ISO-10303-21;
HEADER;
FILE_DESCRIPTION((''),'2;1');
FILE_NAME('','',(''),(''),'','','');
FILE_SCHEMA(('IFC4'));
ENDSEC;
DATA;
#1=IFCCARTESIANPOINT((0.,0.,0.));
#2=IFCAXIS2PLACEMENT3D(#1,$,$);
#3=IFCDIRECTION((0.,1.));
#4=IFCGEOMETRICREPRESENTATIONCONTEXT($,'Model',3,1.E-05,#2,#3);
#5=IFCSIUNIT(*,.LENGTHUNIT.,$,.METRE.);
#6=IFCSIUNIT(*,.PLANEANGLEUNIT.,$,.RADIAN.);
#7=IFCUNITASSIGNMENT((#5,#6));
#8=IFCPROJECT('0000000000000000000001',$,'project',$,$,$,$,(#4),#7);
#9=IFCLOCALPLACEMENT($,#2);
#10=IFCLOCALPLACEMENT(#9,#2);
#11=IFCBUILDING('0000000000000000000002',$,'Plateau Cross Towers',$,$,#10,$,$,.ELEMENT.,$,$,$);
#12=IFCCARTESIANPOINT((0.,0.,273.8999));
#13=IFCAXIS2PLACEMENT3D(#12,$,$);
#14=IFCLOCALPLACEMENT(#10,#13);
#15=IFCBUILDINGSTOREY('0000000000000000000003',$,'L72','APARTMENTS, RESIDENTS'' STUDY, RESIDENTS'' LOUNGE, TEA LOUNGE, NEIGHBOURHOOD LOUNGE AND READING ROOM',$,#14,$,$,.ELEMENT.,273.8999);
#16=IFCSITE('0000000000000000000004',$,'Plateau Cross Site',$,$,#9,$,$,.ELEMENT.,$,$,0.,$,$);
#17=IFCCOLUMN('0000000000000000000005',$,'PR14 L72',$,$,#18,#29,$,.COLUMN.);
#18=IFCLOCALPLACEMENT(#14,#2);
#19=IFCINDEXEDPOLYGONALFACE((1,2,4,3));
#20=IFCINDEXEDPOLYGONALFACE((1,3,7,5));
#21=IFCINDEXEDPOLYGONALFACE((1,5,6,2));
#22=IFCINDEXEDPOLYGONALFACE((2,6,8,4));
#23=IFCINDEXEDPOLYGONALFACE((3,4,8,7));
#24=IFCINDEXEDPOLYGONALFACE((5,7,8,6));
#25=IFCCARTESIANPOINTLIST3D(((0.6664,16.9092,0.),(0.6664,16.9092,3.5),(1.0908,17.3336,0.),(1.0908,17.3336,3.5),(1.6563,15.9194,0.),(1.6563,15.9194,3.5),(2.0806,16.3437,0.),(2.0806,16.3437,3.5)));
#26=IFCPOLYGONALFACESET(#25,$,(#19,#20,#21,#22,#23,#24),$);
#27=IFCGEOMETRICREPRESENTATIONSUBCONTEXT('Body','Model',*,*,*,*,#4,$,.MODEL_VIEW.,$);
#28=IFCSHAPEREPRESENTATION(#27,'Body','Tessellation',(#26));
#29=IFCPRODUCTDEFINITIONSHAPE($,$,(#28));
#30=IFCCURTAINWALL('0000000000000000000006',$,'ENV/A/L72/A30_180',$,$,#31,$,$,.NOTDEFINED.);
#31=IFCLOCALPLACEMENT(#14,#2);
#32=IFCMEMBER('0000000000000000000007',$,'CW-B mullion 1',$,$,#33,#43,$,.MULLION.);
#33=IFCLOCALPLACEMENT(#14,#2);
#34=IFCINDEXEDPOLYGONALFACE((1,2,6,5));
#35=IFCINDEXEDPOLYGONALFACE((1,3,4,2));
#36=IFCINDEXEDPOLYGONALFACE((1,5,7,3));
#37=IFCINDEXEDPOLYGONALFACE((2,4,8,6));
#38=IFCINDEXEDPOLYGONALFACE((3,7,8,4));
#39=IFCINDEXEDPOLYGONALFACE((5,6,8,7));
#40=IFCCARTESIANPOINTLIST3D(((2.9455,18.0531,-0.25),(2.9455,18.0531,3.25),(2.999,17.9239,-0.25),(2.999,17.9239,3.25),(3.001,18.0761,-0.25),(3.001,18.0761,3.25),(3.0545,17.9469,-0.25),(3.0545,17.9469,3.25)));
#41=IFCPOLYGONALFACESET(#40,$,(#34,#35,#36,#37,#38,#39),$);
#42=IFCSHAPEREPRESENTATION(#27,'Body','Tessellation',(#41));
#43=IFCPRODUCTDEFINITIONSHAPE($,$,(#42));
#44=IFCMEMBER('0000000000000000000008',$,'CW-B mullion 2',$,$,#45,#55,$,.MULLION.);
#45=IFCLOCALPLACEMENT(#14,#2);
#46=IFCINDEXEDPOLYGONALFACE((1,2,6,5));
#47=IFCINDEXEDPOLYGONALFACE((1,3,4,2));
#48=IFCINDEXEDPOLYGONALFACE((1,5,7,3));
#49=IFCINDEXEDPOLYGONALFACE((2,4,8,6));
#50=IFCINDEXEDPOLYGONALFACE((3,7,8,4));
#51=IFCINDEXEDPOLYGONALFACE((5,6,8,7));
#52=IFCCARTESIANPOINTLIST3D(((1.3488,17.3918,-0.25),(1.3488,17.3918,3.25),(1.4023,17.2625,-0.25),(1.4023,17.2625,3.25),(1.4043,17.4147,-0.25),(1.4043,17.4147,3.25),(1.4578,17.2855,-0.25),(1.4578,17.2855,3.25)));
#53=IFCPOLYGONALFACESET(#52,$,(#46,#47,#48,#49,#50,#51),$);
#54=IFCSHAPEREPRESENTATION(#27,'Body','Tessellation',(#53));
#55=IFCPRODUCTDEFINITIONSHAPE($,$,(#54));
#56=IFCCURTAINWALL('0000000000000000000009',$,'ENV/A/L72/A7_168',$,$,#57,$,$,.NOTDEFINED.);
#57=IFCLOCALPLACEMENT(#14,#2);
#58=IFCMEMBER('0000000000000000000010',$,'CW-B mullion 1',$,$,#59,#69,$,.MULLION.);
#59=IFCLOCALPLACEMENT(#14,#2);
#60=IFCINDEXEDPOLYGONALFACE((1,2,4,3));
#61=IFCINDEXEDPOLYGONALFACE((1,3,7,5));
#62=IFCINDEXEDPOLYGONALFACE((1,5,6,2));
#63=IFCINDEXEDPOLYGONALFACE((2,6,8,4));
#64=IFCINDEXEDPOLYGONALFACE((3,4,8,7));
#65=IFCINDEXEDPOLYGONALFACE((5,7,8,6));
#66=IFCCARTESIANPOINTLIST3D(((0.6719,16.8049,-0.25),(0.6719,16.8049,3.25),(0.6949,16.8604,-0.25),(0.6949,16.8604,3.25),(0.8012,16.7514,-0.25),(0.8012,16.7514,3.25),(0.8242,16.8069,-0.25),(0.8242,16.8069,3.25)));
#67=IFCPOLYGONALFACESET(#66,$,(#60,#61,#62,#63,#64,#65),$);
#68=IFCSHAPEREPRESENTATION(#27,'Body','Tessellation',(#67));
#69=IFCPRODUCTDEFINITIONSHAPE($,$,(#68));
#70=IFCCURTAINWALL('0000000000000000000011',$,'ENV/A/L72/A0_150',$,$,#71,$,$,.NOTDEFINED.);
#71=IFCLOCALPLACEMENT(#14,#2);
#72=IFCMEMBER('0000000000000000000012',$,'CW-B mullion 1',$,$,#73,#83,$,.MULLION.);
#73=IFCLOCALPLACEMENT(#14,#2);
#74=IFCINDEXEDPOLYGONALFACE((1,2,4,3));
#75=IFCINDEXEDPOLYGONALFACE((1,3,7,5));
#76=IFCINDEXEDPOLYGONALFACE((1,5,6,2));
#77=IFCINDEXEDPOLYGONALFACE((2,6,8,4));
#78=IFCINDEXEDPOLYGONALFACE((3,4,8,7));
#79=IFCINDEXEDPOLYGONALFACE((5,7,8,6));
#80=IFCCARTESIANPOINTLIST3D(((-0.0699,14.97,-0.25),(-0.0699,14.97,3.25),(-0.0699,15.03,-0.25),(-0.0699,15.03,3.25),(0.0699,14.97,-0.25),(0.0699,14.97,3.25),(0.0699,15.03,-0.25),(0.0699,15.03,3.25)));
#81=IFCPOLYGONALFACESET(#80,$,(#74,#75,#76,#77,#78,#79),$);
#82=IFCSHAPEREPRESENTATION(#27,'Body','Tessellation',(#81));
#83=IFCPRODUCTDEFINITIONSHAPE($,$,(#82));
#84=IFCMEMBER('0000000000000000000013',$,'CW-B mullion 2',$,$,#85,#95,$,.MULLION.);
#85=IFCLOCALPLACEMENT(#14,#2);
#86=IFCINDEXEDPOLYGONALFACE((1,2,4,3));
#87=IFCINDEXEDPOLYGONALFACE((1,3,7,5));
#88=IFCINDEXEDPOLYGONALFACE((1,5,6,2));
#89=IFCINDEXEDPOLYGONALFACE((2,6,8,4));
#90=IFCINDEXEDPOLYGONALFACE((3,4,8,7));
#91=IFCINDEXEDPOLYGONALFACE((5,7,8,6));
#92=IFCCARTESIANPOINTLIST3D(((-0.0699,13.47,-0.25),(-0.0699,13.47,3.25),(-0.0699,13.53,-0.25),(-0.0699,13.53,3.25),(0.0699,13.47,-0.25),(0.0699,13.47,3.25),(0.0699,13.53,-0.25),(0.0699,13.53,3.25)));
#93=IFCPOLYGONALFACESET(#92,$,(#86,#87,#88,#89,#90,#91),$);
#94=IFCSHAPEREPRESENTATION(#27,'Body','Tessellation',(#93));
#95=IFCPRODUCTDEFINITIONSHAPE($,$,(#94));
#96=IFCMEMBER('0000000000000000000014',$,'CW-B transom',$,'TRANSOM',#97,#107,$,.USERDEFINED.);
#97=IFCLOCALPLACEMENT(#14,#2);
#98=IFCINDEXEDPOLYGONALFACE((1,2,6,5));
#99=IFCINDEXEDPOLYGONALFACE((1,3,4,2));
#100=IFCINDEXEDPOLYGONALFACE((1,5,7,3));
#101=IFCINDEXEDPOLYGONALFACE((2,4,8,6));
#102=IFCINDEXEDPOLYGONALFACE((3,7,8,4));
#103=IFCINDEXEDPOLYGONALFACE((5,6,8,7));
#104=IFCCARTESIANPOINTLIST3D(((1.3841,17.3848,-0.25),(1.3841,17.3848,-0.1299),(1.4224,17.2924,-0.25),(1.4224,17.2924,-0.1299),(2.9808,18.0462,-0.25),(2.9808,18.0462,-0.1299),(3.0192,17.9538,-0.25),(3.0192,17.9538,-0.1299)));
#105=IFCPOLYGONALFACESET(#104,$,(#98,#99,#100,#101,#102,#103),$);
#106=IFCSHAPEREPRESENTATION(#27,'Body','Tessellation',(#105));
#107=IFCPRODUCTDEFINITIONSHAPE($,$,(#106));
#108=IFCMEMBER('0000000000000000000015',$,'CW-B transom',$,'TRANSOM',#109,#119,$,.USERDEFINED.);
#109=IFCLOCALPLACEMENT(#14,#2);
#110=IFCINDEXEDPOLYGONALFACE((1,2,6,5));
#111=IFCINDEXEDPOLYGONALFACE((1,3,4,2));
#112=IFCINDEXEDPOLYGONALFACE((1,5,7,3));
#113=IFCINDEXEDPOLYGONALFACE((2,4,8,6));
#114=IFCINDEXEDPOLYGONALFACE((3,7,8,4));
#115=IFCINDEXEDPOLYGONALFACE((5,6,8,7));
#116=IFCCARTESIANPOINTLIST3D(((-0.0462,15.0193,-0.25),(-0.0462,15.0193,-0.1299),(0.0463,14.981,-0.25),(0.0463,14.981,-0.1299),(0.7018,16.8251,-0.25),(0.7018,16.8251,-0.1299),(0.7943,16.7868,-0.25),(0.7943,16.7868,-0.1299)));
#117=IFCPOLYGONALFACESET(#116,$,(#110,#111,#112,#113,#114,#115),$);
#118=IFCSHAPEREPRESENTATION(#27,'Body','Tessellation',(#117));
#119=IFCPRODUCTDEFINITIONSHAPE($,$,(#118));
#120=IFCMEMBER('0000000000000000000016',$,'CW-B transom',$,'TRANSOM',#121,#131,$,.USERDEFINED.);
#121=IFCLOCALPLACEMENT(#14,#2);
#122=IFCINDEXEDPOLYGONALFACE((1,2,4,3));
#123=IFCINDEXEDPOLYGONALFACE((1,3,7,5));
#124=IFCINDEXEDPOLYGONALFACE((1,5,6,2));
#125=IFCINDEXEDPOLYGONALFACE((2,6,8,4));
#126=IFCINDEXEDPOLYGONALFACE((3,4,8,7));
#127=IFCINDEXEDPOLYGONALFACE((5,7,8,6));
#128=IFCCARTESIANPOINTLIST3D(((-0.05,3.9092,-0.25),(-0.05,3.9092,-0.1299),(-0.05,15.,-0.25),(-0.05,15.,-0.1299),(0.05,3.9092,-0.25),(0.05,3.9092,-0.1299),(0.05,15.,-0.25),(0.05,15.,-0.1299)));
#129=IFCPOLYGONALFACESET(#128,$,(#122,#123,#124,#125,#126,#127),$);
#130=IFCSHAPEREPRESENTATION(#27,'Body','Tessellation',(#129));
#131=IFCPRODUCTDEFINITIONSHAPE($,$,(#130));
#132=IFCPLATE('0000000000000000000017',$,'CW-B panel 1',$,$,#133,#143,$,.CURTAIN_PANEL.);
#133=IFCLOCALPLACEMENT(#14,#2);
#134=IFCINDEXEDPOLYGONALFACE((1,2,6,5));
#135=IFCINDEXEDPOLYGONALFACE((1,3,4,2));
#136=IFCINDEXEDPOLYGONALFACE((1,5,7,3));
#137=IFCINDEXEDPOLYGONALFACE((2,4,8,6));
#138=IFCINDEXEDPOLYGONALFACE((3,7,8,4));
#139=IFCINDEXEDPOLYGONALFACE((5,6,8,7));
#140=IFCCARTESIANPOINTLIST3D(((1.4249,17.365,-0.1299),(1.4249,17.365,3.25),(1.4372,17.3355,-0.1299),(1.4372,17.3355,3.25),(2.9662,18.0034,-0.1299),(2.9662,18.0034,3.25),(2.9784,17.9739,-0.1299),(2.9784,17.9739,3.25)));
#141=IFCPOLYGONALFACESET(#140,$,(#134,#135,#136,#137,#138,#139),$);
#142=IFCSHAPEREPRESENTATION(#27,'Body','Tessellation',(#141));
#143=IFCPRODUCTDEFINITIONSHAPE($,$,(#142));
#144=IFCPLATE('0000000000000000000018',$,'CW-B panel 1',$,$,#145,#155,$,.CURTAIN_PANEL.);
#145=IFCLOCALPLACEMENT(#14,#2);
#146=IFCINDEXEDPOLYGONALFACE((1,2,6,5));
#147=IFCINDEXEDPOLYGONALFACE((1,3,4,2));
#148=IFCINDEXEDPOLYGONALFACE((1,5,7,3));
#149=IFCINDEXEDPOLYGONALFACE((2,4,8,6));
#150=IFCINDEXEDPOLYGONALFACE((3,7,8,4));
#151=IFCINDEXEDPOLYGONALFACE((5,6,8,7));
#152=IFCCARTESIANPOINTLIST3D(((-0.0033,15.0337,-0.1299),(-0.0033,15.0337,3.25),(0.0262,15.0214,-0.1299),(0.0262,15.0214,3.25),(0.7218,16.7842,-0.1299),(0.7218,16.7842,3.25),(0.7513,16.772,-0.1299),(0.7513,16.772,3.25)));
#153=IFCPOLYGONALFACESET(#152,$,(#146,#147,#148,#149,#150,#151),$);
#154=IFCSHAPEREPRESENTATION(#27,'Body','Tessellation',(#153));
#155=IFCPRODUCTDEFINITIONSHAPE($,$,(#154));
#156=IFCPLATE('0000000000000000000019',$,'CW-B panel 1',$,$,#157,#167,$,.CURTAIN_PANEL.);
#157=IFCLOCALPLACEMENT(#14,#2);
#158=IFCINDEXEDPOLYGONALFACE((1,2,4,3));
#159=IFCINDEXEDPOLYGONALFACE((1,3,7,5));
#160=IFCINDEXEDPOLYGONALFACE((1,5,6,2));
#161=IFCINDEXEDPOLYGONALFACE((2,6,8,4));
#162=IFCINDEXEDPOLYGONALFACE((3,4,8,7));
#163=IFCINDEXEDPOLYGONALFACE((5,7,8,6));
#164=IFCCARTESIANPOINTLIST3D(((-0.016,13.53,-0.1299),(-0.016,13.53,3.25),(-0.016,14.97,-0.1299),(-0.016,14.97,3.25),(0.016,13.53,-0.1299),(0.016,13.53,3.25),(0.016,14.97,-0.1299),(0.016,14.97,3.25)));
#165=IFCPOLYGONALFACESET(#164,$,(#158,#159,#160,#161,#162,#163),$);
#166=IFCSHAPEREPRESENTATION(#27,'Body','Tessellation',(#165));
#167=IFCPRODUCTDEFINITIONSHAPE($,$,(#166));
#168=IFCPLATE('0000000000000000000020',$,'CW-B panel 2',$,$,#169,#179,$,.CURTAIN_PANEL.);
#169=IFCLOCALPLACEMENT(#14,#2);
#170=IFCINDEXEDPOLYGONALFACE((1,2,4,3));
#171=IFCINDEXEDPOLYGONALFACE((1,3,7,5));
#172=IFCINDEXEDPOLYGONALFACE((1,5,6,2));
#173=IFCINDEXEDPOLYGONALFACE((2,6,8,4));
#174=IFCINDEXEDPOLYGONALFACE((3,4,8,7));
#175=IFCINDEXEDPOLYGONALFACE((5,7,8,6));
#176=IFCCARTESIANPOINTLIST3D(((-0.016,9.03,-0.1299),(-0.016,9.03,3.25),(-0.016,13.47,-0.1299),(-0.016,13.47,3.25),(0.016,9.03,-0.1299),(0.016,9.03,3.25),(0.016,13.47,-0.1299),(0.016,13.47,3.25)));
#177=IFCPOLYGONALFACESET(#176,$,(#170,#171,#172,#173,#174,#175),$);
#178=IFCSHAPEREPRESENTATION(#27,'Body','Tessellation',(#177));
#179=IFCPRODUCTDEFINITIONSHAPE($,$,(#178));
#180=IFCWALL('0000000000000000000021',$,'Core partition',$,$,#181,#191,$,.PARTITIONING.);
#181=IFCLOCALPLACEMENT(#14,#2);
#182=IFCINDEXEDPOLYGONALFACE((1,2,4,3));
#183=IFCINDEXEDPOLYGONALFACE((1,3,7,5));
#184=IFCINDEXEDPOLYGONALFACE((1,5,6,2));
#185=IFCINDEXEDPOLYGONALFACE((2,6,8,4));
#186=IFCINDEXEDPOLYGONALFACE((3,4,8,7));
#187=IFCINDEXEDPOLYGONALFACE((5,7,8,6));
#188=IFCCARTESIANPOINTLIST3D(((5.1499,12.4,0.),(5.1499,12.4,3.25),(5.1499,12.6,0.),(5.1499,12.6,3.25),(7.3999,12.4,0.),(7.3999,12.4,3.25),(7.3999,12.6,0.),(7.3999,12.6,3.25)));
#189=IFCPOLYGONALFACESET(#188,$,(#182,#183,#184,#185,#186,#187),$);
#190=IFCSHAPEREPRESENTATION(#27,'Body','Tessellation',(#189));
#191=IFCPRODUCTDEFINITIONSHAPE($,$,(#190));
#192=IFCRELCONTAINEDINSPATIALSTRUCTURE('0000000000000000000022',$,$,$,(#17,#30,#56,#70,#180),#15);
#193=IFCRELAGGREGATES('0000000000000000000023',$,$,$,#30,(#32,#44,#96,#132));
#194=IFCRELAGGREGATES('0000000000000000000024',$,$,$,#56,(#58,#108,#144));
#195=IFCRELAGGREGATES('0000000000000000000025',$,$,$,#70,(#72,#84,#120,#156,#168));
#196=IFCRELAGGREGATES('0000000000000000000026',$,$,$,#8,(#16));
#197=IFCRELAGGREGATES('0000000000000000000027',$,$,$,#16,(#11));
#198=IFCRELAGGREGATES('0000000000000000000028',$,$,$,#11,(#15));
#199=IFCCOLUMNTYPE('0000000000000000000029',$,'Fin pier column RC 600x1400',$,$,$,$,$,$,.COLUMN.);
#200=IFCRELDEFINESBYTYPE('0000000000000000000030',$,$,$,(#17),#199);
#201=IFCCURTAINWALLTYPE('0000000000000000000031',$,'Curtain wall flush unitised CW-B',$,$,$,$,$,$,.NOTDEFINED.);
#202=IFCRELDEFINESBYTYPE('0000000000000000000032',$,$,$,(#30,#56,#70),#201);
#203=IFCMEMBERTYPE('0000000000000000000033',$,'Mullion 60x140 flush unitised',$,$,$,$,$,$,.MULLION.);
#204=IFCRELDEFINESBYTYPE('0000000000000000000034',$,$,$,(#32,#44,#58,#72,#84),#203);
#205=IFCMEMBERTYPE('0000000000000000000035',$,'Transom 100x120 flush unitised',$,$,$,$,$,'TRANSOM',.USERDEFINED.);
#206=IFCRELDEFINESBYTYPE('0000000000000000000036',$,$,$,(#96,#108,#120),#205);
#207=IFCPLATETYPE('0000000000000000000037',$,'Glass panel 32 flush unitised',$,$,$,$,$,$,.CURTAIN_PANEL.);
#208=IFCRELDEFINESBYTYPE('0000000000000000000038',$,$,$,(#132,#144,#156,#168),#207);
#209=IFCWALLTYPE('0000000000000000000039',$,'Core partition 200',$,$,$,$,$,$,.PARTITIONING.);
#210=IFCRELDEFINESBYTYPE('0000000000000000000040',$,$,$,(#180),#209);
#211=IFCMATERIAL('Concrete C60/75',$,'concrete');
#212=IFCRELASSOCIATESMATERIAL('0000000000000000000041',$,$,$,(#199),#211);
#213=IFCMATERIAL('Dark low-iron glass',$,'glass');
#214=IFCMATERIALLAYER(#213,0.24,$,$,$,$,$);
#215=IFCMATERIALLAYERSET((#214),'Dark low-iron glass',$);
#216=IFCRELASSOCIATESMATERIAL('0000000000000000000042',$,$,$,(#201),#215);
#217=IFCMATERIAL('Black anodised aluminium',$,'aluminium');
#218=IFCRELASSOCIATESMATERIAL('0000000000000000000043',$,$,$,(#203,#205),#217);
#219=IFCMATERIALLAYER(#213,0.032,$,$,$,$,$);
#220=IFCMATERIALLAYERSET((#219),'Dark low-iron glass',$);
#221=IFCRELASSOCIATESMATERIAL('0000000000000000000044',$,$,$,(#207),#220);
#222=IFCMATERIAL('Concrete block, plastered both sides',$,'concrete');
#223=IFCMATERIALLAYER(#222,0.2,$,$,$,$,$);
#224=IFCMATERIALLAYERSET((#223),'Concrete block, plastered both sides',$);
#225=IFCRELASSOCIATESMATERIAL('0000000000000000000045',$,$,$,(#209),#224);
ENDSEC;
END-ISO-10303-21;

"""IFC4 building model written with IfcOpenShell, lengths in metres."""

from ifc_helpers import new_model, si_unit, direction, frame, frame_2d, origin, origin_2d, place, context, subcontext, project, spatial, rectangle, extrude, material, layer, layer_set, material_profile, profile_set, type_object, element, aggregate, save


model = new_model("IFC4")

# Units and contexts
model_context = context("Model", 3, precision=1e-05, world=origin(), true_north=direction((0.0, 1.0)))
body_context = subcontext(model_context, "Body", "Model", "MODEL_VIEW")
ifc_project = project(units=[si_unit("LENGTHUNIT", "METRE"), si_unit("PLANEANGLEUNIT", "RADIAN")], contexts=[model_context])

# Site, building, storey
site_placement = place(None, origin())
site = spatial("IfcSite", under=ifc_project, at=site_placement, Name="Plateau Cross Site", CompositionType="ELEMENT", RefElevation=0.0)
building_placement = place(site_placement, origin())
building = spatial("IfcBuilding", under=site, at=building_placement, Name="Plateau Cross Towers", CompositionType="ELEMENT")
storey_placement = place(building_placement, frame((0.0, 0.0, 273.8999)))
storey = spatial("IfcBuildingStorey", under=building, at=storey_placement, Name="L72", Description="APARTMENTS, RESIDENTS' STUDY, RESIDENTS' LOUNGE, TEA LOUNGE, NEIGHBOURHOOD LOUNGE AND READING ROOM", CompositionType="ELEMENT", Elevation=273.8999)

# Column
ifc_material_1 = material(Name="Concrete C60/75", Category="concrete")
ifc_material_profile_1 = material_profile(ifc_material_1, rectangle(XDim=0.6001, YDim=1.3999, at=origin_2d()), Name="RC 600x1400")
ifc_profile_set_1 = profile_set([ifc_material_profile_1], Name="Concrete C60/75")
column_type = type_object("IfcColumnType", Name="Fin pier column RC 600x1400", PredefinedType="COLUMN", material=ifc_profile_set_1)
column_placement = place(storey_placement, frame((1.3735, 16.6265, 0.0), z_axis=(0.0, 0.0, 1.0), x_axis=(0.707107, 0.707107, 0.0)))
element("IfcColumn", 1, at=column_placement, inside=storey, type_object=column_type, Name="PR14 L72", PredefinedType="COLUMN", context=body_context, shape_type="SweptSolid", body=[
    extrude(rectangle(XDim=0.6001, YDim=1.3999, at=origin_2d()), origin(), (0.0, 0.0, 1.0), 3.5),
])

# Curtain wall, members
ifc_material_2 = material(Name="Dark low-iron glass", Category="glass")
ifc_layer_1 = layer(ifc_material_2, 0.24)
ifc_layer_set_1 = layer_set([ifc_layer_1], Name="Dark low-iron glass")
curtain_wall_type = type_object("IfcCurtainWallType", Name="Curtain wall flush unitised CW-B", PredefinedType="NOTDEFINED", material=ifc_layer_set_1)
curtain_wall_1_placement = place(storey_placement, origin())
curtain_wall_1 = element("IfcCurtainWall", 2, at=curtain_wall_1_placement, inside=storey, type_object=curtain_wall_type, Name="ENV/A/L72/A30_180", PredefinedType="NOTDEFINED")
ifc_material_3 = material(Name="Black anodised aluminium", Category="aluminium")
ifc_material_profile_2 = material_profile(ifc_material_3, rectangle(XDim=0.0601, YDim=0.1399, at=origin_2d()), Name="MULLION 60x140")
ifc_profile_set_2 = profile_set([ifc_material_profile_2], Name="Black anodised aluminium")
member_type_1 = type_object("IfcMemberType", Name="Mullion 60x140 flush unitised", PredefinedType="MULLION", material=ifc_profile_set_2)
member_1_placement = place(storey_placement, frame((3.0, 18.0, -0.25), z_axis=(0.0, 0.0, 1.0), x_axis=(-0.923879, -0.382684, 0.0)))
member_1 = element("IfcMember", 3, at=member_1_placement, type_object=member_type_1, Name="CW-B mullion 1", PredefinedType="MULLION", context=body_context, shape_type="SweptSolid", body=[
    extrude(rectangle(XDim=0.0601, YDim=0.1399, at=origin_2d()), origin(), (0.0, 0.0, 1.0), 3.5),
])
member_2_placement = place(storey_placement, frame((1.4033, 17.3386, -0.25), z_axis=(0.0, 0.0, 1.0), x_axis=(-0.923879, -0.382684, 0.0)))
member_2 = element("IfcMember", 4, at=member_2_placement, type_object=member_type_1, Name="CW-B mullion 2", PredefinedType="MULLION", context=body_context, shape_type="SweptSolid", body=[
    extrude(rectangle(XDim=0.0601, YDim=0.1399, at=origin_2d()), origin(), (0.0, 0.0, 1.0), 3.5),
])

# Curtain wall, member
curtain_wall_2_placement = place(storey_placement, origin())
curtain_wall_2 = element("IfcCurtainWall", 5, at=curtain_wall_2_placement, inside=storey, type_object=curtain_wall_type, Name="ENV/A/L72/A7_168", PredefinedType="NOTDEFINED")
member_3_placement = place(storey_placement, frame((0.748, 16.8059, -0.25), z_axis=(0.0, 0.0, 1.0), x_axis=(-0.382684, -0.923879, 0.0)))
member_3 = element("IfcMember", 6, at=member_3_placement, type_object=member_type_1, Name="CW-B mullion 1", PredefinedType="MULLION", context=body_context, shape_type="SweptSolid", body=[
    extrude(rectangle(XDim=0.0601, YDim=0.1399, at=origin_2d()), origin(), (0.0, 0.0, 1.0), 3.5),
])

# Curtain wall, members
curtain_wall_3_placement = place(storey_placement, origin())
curtain_wall_3 = element("IfcCurtainWall", 7, at=curtain_wall_3_placement, inside=storey, type_object=curtain_wall_type, Name="ENV/A/L72/A0_150", PredefinedType="NOTDEFINED")
member_4_placement = place(storey_placement, frame((0.0, 15.0, -0.25), z_axis=(0.0, 0.0, 1.0), x_axis=(0.0, -1.0, 0.0)))
member_4 = element("IfcMember", 8, at=member_4_placement, type_object=member_type_1, Name="CW-B mullion 1", PredefinedType="MULLION", context=body_context, shape_type="SweptSolid", body=[
    extrude(rectangle(XDim=0.0601, YDim=0.1399, at=origin_2d()), origin(), (0.0, 0.0, 1.0), 3.5),
])
member_5_placement = place(storey_placement, frame((0.0, 13.5, -0.25), z_axis=(0.0, 0.0, 1.0), x_axis=(0.0, -1.0, 0.0)))
member_5 = element("IfcMember", 9, at=member_5_placement, type_object=member_type_1, Name="CW-B mullion 2", PredefinedType="MULLION", context=body_context, shape_type="SweptSolid", body=[
    extrude(rectangle(XDim=0.0601, YDim=0.1399, at=origin_2d()), origin(), (0.0, 0.0, 1.0), 3.5),
])

# Members
ifc_material_profile_3 = material_profile(ifc_material_3, rectangle(XDim=0.1001, YDim=0.1201, at=origin_2d()), Name="TRANSOM 100x120")
ifc_profile_set_3 = profile_set([ifc_material_profile_3], Name="Black anodised aluminium")
member_type_2 = type_object("IfcMemberType", Name="Transom 100x120 flush unitised", ElementType="TRANSOM", PredefinedType="USERDEFINED", material=ifc_profile_set_3)
member_6_placement = place(storey_placement, frame((3.0, 18.0, -0.1899), z_axis=(-0.923877, -0.382689, 0.0), x_axis=(0.382689, -0.923877, 0.0)))
member_6 = element("IfcMember", 10, at=member_6_placement, type_object=member_type_2, Name="CW-B transom", ObjectType="TRANSOM", PredefinedType="USERDEFINED", context=body_context, shape_type="SweptSolid", body=[
    extrude(rectangle(XDim=0.1001, YDim=0.1201, at=origin_2d()), origin(), (0.0, 0.0, 1.0), 1.7283),
])
member_7_placement = place(storey_placement, frame((0.748, 16.8059, -0.1899), z_axis=(-0.38269, -0.923877, 0.0), x_axis=(0.923877, -0.38269, 0.0)))
member_7 = element("IfcMember", 11, at=member_7_placement, type_object=member_type_2, Name="CW-B transom", ObjectType="TRANSOM", PredefinedType="USERDEFINED", context=body_context, shape_type="SweptSolid", body=[
    extrude(rectangle(XDim=0.1001, YDim=0.1201, at=origin_2d()), origin(), (0.0, 0.0, 1.0), 1.9546),
])
member_8_placement = place(storey_placement, frame((0.0, 15.0, -0.1899), z_axis=(0.0, -1.0, 0.0), x_axis=(1.0, 0.0, 0.0)))
member_8 = element("IfcMember", 12, at=member_8_placement, type_object=member_type_2, Name="CW-B transom", ObjectType="TRANSOM", PredefinedType="USERDEFINED", context=body_context, shape_type="SweptSolid", body=[
    extrude(rectangle(XDim=0.1001, YDim=0.1201, at=origin_2d()), origin(), (0.0, 0.0, 1.0), 11.0908),
])

# Plates
ifc_layer_2 = layer(ifc_material_2, 0.032)
ifc_layer_set_2 = layer_set([ifc_layer_2], Name="Dark low-iron glass")
plate_type = type_object("IfcPlateType", Name="Glass panel 32 flush unitised", PredefinedType="CURTAIN_PANEL", material=ifc_layer_set_2)
plate_1_placement = place(storey_placement, frame((2.2017, 17.6694, -0.1299), z_axis=(0.0, 0.0, 1.0), x_axis=(-0.923879, -0.382684, 0.0)))
plate_1 = element("IfcPlate", 13, at=plate_1_placement, type_object=plate_type, Name="CW-B panel 1", PredefinedType="CURTAIN_PANEL", context=body_context, shape_type="SweptSolid", body=[
    extrude(rectangle(XDim=1.6682, YDim=0.032, at=origin_2d()), origin(), (0.0, 0.0, 1.0), 3.3799),
])
aggregate(curtain_wall_1, [member_1, member_2, member_6, plate_1])
plate_2_placement = place(storey_placement, frame((0.374, 15.9028, -0.1299), z_axis=(0.0, 0.0, 1.0), x_axis=(-0.382684, -0.923879, 0.0)))
plate_2 = element("IfcPlate", 14, at=plate_2_placement, type_object=plate_type, Name="CW-B panel 1", PredefinedType="CURTAIN_PANEL", context=body_context, shape_type="SweptSolid", body=[
    extrude(rectangle(XDim=1.8948, YDim=0.032, at=origin_2d()), origin(), (0.0, 0.0, 1.0), 3.3799),
])
aggregate(curtain_wall_2, [member_3, member_7, plate_2])
plate_3_placement = place(storey_placement, frame((0.0, 14.25, -0.1299), z_axis=(0.0, 0.0, 1.0), x_axis=(0.0, -1.0, 0.0)))
plate_3 = element("IfcPlate", 15, at=plate_3_placement, type_object=plate_type, Name="CW-B panel 1", PredefinedType="CURTAIN_PANEL", context=body_context, shape_type="SweptSolid", body=[
    extrude(rectangle(XDim=1.4399, YDim=0.032, at=origin_2d()), origin(), (0.0, 0.0, 1.0), 3.3799),
])
plate_4_placement = place(storey_placement, frame((0.0, 11.25, -0.1299), z_axis=(0.0, 0.0, 1.0), x_axis=(0.0, -1.0, 0.0)))
plate_4 = element("IfcPlate", 16, at=plate_4_placement, type_object=plate_type, Name="CW-B panel 2", PredefinedType="CURTAIN_PANEL", context=body_context, shape_type="SweptSolid", body=[
    extrude(rectangle(XDim=4.4399, YDim=0.032, at=origin_2d()), origin(), (0.0, 0.0, 1.0), 3.3799),
])
aggregate(curtain_wall_3, [member_4, member_5, member_8, plate_3, plate_4])

# Wall
ifc_material_4 = material(Name="Concrete block, plastered both sides", Category="concrete")
ifc_layer_3 = layer(ifc_material_4, 0.2)
ifc_layer_set_3 = layer_set([ifc_layer_3], Name="Concrete block, plastered both sides")
wall_type_1 = type_object("IfcWallType", Name="Core partition 200", PredefinedType="PARTITIONING", material=ifc_layer_set_3)
wall_1_placement = place(storey_placement, frame((5.1499, 12.5, 0.0), z_axis=(0.0, 0.0, 1.0), x_axis=(1.0, 0.0, 0.0)))
element("IfcWall", 17, at=wall_1_placement, inside=storey, type_object=wall_type_1, Name="Core partition", PredefinedType="PARTITIONING", context=body_context, shape_type="SweptSolid", body=[
    extrude(rectangle(XDim=2.25, YDim=0.2, at=frame_2d((1.125, 0.0))), origin(), (0.0, 0.0, 1.0), 3.25),
])

save(model, "model.ifc")
